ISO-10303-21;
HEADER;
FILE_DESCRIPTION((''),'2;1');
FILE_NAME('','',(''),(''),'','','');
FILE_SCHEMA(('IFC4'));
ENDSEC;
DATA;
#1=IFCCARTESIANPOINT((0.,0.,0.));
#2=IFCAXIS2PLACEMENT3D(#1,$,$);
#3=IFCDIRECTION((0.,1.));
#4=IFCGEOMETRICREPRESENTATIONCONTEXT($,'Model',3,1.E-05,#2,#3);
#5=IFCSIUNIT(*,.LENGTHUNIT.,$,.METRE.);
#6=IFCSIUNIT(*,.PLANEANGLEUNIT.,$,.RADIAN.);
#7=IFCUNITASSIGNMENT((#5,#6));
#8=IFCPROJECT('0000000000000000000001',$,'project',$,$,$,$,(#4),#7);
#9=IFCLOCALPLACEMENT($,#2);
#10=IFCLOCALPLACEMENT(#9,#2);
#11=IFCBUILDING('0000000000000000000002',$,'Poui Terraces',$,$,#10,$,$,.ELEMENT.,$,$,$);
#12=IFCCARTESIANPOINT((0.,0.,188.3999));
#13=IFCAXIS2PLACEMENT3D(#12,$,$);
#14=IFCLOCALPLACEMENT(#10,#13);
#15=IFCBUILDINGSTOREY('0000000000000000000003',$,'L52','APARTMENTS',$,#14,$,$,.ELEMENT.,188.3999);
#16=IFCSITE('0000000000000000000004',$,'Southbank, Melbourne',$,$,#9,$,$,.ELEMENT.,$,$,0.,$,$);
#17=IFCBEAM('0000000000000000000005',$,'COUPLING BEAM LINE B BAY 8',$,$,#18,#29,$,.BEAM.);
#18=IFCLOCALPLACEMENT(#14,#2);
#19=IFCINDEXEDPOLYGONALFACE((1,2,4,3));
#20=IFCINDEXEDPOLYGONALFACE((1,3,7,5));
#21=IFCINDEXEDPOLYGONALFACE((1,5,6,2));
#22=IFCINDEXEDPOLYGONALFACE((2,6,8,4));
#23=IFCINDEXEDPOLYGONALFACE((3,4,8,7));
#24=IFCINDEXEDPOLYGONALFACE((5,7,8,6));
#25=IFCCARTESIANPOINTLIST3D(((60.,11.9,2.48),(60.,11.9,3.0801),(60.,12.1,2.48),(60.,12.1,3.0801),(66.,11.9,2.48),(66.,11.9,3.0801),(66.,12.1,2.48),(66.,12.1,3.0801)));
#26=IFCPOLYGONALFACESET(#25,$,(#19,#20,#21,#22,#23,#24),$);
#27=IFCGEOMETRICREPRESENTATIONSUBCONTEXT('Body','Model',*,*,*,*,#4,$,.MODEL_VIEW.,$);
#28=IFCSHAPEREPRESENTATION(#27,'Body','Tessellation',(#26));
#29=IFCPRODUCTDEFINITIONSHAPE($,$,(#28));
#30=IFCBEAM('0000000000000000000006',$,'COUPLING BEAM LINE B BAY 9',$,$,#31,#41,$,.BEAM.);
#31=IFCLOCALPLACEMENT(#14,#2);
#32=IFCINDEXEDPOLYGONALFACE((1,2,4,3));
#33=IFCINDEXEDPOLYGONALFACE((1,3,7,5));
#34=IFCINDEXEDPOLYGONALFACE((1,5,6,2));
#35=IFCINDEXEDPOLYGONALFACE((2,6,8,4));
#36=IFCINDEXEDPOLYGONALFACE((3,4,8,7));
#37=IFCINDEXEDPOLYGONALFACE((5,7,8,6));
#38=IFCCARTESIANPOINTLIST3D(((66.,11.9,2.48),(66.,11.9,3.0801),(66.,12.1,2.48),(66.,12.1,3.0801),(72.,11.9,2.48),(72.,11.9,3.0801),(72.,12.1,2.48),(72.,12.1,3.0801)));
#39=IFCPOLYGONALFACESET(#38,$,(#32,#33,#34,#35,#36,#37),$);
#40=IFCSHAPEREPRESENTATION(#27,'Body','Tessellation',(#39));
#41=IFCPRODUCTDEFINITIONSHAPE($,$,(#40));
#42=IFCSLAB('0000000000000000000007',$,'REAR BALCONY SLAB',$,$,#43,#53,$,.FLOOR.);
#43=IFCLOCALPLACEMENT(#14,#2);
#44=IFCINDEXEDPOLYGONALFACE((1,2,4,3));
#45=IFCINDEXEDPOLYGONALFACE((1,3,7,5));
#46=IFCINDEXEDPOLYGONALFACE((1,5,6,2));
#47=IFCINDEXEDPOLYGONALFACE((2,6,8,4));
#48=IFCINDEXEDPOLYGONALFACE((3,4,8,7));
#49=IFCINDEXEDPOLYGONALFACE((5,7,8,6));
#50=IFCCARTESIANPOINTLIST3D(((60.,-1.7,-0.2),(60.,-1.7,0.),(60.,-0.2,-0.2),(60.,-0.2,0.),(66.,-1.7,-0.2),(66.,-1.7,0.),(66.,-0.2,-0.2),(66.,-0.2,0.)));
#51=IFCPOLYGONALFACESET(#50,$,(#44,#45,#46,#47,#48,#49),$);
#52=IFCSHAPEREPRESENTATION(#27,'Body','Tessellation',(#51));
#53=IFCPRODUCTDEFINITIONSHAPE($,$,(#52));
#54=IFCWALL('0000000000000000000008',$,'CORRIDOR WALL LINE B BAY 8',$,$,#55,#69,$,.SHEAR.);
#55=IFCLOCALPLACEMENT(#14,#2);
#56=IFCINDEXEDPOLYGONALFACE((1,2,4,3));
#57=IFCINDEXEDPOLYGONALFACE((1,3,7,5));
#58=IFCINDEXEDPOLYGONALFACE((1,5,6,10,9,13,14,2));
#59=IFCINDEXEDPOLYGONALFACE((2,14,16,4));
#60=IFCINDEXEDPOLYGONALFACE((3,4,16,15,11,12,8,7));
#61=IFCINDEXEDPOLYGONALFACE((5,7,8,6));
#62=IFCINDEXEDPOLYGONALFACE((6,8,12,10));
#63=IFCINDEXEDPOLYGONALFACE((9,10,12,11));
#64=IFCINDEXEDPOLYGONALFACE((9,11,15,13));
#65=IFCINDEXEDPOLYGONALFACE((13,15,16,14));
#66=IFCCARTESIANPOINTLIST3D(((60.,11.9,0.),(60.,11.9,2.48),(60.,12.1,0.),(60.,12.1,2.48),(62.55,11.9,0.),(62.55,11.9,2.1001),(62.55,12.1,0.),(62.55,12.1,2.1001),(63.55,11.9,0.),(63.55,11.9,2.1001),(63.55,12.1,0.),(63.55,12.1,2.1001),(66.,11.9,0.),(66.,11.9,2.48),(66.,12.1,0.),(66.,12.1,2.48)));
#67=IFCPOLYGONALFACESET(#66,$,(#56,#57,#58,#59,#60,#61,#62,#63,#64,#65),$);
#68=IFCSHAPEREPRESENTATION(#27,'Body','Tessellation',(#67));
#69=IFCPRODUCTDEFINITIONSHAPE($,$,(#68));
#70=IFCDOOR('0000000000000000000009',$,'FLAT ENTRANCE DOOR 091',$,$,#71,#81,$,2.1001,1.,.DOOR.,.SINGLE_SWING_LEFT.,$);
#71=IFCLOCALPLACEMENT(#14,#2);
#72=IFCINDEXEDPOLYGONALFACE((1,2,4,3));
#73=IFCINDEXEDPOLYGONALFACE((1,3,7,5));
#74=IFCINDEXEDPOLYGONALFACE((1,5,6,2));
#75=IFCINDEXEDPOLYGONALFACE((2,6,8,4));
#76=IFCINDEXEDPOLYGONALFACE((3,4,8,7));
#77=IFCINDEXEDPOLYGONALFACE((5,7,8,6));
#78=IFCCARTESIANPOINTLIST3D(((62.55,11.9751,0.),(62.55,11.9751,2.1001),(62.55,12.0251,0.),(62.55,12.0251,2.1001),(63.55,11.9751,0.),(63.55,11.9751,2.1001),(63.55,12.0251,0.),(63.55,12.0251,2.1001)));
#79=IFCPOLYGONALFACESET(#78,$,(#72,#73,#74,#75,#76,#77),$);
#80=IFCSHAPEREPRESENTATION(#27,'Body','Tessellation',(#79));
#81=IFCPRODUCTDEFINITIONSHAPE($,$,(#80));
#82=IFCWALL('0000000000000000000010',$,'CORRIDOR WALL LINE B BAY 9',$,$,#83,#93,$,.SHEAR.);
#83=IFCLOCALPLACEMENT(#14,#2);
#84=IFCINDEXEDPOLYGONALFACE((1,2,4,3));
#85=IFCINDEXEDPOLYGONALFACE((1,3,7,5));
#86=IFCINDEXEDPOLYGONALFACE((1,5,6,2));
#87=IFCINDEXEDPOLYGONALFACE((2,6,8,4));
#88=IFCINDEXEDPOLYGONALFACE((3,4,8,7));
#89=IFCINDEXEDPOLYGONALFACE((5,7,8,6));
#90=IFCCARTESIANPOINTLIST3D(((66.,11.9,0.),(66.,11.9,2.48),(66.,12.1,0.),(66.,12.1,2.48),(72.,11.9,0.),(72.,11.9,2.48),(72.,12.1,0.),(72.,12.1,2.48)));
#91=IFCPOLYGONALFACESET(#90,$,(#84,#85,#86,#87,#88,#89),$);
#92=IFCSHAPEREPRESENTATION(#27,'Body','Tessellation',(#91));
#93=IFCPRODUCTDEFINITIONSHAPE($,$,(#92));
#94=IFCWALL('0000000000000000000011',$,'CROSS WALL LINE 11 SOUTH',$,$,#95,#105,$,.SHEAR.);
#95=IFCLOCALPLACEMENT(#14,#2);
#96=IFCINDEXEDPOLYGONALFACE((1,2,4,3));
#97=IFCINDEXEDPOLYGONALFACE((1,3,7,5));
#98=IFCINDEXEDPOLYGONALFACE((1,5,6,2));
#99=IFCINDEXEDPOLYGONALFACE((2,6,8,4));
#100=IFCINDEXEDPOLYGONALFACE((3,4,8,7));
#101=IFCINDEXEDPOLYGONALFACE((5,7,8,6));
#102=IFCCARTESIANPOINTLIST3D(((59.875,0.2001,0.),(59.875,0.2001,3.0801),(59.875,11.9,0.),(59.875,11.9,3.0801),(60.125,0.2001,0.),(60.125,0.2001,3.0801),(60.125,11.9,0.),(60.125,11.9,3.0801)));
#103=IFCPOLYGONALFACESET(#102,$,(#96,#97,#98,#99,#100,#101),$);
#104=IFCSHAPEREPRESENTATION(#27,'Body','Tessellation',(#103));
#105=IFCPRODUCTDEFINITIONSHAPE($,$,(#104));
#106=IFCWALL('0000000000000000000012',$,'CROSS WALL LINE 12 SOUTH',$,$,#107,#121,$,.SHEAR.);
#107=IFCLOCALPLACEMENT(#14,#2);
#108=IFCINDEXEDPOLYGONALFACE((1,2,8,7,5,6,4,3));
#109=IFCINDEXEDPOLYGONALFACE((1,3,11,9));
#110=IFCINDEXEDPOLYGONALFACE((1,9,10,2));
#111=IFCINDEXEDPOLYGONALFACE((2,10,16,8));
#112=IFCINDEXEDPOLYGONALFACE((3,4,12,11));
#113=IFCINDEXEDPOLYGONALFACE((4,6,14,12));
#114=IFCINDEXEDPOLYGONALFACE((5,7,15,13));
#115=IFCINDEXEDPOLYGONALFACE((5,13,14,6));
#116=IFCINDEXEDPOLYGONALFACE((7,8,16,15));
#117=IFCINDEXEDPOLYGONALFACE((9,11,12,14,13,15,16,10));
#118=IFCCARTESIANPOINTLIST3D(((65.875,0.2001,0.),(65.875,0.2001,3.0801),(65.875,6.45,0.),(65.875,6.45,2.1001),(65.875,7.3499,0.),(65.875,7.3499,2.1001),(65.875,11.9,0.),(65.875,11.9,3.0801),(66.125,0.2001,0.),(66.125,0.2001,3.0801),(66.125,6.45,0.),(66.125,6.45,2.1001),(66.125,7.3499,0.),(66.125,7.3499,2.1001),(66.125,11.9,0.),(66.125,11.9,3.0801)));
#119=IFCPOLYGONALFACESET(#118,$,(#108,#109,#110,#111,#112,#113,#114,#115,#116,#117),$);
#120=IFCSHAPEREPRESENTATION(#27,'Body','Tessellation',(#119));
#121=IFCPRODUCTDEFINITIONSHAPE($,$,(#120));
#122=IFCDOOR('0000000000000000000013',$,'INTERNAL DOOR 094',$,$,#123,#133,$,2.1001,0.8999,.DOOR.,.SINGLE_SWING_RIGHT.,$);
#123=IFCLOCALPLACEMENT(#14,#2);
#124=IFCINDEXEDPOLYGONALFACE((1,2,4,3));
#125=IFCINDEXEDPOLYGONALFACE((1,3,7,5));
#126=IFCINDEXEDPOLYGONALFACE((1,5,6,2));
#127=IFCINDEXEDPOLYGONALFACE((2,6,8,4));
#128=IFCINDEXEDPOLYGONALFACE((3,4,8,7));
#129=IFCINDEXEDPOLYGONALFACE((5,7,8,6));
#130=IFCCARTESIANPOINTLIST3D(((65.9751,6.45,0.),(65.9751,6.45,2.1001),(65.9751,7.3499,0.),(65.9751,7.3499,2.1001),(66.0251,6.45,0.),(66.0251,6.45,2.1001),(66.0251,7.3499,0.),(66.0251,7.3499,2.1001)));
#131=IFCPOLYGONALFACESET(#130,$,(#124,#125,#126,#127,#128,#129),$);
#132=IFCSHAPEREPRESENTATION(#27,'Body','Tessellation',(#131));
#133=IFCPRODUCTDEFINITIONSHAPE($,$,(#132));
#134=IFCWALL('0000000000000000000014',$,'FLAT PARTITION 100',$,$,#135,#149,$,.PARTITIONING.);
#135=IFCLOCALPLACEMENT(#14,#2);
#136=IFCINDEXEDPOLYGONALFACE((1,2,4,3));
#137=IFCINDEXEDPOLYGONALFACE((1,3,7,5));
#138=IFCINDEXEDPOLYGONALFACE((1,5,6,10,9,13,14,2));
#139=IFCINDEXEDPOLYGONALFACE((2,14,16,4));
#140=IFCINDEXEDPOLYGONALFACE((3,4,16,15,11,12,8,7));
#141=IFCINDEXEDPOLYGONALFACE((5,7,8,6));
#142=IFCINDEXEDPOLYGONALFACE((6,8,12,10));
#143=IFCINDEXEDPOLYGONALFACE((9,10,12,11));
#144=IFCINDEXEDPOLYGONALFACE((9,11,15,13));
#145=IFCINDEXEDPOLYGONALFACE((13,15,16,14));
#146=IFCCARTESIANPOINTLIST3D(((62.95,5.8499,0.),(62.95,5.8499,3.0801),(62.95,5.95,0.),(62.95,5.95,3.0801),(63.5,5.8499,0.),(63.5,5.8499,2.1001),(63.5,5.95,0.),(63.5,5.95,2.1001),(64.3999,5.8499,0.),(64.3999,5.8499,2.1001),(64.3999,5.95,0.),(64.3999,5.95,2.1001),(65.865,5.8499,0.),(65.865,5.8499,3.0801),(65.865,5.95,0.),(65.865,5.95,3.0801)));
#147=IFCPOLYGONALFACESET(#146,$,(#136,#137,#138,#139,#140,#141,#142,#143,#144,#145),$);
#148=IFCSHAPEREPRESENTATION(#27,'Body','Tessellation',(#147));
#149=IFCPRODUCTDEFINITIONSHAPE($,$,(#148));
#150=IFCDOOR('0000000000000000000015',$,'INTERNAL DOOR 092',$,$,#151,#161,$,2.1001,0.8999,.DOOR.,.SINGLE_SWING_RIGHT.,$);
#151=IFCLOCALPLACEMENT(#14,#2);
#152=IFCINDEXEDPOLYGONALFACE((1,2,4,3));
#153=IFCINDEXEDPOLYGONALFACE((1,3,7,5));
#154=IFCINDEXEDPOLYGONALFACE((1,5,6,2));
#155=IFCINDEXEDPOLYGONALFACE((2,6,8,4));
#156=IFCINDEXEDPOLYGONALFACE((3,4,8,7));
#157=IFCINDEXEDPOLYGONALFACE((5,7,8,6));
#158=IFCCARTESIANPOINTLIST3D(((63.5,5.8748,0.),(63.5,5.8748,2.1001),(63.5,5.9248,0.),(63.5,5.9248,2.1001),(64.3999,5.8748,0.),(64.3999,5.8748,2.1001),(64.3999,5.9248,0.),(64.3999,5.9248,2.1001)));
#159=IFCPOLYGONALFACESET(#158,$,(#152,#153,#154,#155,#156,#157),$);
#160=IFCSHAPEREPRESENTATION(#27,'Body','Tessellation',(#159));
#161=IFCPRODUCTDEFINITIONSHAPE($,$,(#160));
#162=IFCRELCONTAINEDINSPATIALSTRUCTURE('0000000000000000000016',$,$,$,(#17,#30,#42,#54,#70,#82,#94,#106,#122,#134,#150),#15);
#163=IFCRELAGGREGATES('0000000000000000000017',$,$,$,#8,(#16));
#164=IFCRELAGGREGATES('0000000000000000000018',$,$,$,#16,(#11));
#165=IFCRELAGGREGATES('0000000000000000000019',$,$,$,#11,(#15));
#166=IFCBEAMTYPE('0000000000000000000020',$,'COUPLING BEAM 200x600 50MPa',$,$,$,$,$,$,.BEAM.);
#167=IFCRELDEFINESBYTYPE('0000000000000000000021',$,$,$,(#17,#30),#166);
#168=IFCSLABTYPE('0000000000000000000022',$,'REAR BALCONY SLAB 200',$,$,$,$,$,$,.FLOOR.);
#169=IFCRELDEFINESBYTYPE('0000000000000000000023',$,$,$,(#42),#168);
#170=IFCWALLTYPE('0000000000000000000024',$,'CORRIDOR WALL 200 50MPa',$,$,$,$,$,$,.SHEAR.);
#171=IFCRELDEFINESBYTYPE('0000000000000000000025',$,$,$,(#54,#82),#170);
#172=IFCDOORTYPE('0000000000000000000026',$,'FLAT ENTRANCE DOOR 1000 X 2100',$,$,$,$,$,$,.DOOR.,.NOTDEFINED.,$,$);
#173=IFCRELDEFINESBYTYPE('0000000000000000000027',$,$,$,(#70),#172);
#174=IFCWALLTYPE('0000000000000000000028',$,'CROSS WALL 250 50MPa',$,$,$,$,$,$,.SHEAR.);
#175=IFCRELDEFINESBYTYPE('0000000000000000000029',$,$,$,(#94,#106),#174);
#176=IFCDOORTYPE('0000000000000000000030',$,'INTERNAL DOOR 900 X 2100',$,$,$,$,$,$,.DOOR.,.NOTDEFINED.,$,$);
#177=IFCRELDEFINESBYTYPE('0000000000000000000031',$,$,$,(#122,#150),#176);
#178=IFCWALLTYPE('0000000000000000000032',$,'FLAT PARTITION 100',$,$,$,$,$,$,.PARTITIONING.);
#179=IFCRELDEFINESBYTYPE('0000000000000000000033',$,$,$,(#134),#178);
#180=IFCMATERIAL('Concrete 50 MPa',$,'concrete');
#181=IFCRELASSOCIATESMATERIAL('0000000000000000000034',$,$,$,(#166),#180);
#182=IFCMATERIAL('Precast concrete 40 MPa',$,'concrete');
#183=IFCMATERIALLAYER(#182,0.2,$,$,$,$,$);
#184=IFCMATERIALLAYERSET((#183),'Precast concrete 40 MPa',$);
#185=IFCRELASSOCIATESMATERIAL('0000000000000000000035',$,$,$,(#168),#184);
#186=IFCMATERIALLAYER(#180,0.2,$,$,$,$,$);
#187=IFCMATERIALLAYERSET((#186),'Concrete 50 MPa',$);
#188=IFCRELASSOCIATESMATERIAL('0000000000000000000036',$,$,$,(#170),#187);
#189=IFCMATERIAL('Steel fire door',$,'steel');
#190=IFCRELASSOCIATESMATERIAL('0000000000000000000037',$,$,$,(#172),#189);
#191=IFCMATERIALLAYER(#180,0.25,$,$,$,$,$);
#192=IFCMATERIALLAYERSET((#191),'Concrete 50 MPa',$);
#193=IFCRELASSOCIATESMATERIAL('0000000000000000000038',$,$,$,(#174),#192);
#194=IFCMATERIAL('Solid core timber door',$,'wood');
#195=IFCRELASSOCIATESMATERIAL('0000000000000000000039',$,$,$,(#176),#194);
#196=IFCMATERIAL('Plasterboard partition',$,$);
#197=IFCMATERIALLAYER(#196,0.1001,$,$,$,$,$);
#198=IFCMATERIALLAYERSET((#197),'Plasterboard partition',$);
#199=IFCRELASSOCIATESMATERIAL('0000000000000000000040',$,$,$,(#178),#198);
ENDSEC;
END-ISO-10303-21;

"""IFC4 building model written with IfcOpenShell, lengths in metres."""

from ifc_helpers import new_model, si_unit, direction, frame, frame_2d, origin, origin_2d, place, context, subcontext, project, spatial, polyline, rectangle, outline, extrude, source, transform, mapped, material, layer, layer_set, material_profile, profile_set, type_object, element, fill, save


model = new_model("IFC4")

# Units and contexts
model_context = context("Model", 3, precision=1e-05, world=origin(), true_north=direction((0.0, 1.0)))
body_context = subcontext(model_context, "Body", "Model", "MODEL_VIEW")
ifc_project = project(units=[si_unit("LENGTHUNIT", "METRE"), si_unit("PLANEANGLEUNIT", "RADIAN")], contexts=[model_context])

# Site, building, storey
site_placement = place(None, origin())
site = spatial("IfcSite", under=ifc_project, at=site_placement, Name="Southbank, Melbourne", CompositionType="ELEMENT", RefElevation=0.0)
building_placement = place(site_placement, origin())
building = spatial("IfcBuilding", under=site, at=building_placement, Name="Poui Terraces", CompositionType="ELEMENT")
storey_placement = place(building_placement, frame((0.0, 0.0, 188.3999)))
storey = spatial("IfcBuildingStorey", under=building, at=storey_placement, Name="L52", Description="APARTMENTS", CompositionType="ELEMENT", Elevation=188.3999)

# Beams
ifc_material_1 = material(Name="Concrete 50 MPa", Category="concrete")
ifc_material_profile_1 = material_profile(ifc_material_1, rectangle(XDim=0.2, YDim=0.6001, at=origin_2d()), Name="RC 200x600")
ifc_profile_set_1 = profile_set([ifc_material_profile_1], Name="Concrete 50 MPa")
beam_type = type_object("IfcBeamType", Name="COUPLING BEAM 200x600 50MPa", PredefinedType="BEAM", material=ifc_profile_set_1)
shared_shape_1 = source(origin(), body_context, "Body", "SweptSolid", [
    extrude(rectangle(XDim=0.2, YDim=0.6001, at=origin_2d()), origin(), (0.0, 0.0, 1.0), 6.0),
])
for number, where, z_axis, x_axis, name in (
    (1, (60.0, 12.0, 2.78), (1.0, 0.0, 0.0), (0.0, 1.0, 0.0), "COUPLING BEAM LINE B BAY 8"),
    (2, (66.0, 12.0, 2.78), (1.0, 0.0, 0.0), (0.0, 1.0, 0.0), "COUPLING BEAM LINE B BAY 9"),
):
    element("IfcBeam", number, at=place(storey_placement, frame(where, z_axis=z_axis, x_axis=x_axis)), inside=storey, type_object=beam_type, Name=name, PredefinedType="BEAM", context=body_context, shape_type="MappedRepresentation", body=[
        mapped(shared_shape_1, transform((0.0, 0.0, 0.0))),
    ])

# Slab
ifc_material_2 = material(Name="Precast concrete 40 MPa", Category="concrete")
ifc_layer_1 = layer(ifc_material_2, 0.2)
ifc_layer_set_1 = layer_set([ifc_layer_1], Name="Precast concrete 40 MPa")
slab_type = type_object("IfcSlabType", Name="REAR BALCONY SLAB 200", PredefinedType="FLOOR", material=ifc_layer_set_1)
shared_shape_2 = source(origin(), body_context, "Body", "SweptSolid", [
    extrude(outline(polyline([(0.0, 0.0), (6.0, 0.0), (6.0, 1.5), (0.0, 1.5), (0.0, 0.0)])), origin(), (0.0, 0.0, 1.0), 0.2),
])
slab_placement = place(storey_placement, frame((60.0, -1.7, -0.2)))
element("IfcSlab", 3, at=slab_placement, inside=storey, type_object=slab_type, Name="REAR BALCONY SLAB", PredefinedType="FLOOR", context=body_context, shape_type="MappedRepresentation", body=[
    mapped(shared_shape_2, transform((0.0, 0.0, 0.0))),
])

# Wall, opening, door
ifc_layer_2 = layer(ifc_material_1, 0.2)
ifc_layer_set_2 = layer_set([ifc_layer_2], Name="Concrete 50 MPa")
wall_type_1 = type_object("IfcWallType", Name="CORRIDOR WALL 200 50MPa", PredefinedType="SHEAR", material=ifc_layer_set_2)
wall_1_placement = place(storey_placement, frame((60.0, 12.0, 0.0), z_axis=(0.0, 0.0, 1.0), x_axis=(1.0, 0.0, 0.0)))
wall_1 = element("IfcWall", 4, at=wall_1_placement, inside=storey, type_object=wall_type_1, Name="CORRIDOR WALL LINE B BAY 8", PredefinedType="SHEAR", context=body_context, shape_type="SweptSolid", body=[
    extrude(rectangle(XDim=6.0, YDim=0.2, at=frame_2d((3.0, 0.0))), origin(), (0.0, 0.0, 1.0), 2.48),
])
opening_1_placement = place(wall_1_placement, frame((2.55, 0.0, 0.0)))
opening_1 = element("IfcOpeningElement", 5, at=opening_1_placement, cuts=wall_1, PredefinedType="OPENING", context=body_context, shape_type="SweptSolid", body=[
    extrude(rectangle(XDim=1.0, YDim=2.1001, at=frame_2d((0.5, 1.05))), frame((0.0, 0.1099, 0.0), z_axis=(0.0, -1.0, 0.0), x_axis=(1.0, 0.0, 0.0)), (0.0, 0.0, 1.0), 0.22),
])
ifc_material_3 = material(Name="Steel fire door", Category="steel")
door_type_1 = type_object("IfcDoorType", Name="FLAT ENTRANCE DOOR 1000 X 2100", OperationType="NOTDEFINED", PredefinedType="DOOR", material=ifc_material_3)
door_1_placement = place(opening_1_placement, frame((1.0, 0.0, 0.0), z_axis=(0.0, 0.0, 1.0), x_axis=(-1.0, 0.0, 0.0)))
door_1 = element("IfcDoor", 6, at=door_1_placement, inside=storey, type_object=door_type_1, Name="FLAT ENTRANCE DOOR 091", OperationType="SINGLE_SWING_LEFT", OverallHeight=2.1001, OverallWidth=1.0, PredefinedType="DOOR", context=body_context, shape_type="SweptSolid", body=[
    extrude(rectangle(XDim=1.0, YDim=2.1001, at=frame_2d((0.5, 1.05))), frame((0.0, 0.0249, 0.0), z_axis=(0.0, -1.0, 0.0), x_axis=(1.0, 0.0, 0.0)), (0.0, 0.0, 1.0), 0.05),
])
fill(opening_1, door_1)

# Walls
wall_2_placement = place(storey_placement, frame((66.0, 12.0, 0.0), z_axis=(0.0, 0.0, 1.0), x_axis=(1.0, 0.0, 0.0)))
element("IfcWall", 7, at=wall_2_placement, inside=storey, type_object=wall_type_1, Name="CORRIDOR WALL LINE B BAY 9", PredefinedType="SHEAR", context=body_context, shape_type="SweptSolid", body=[
    extrude(rectangle(XDim=6.0, YDim=0.2, at=frame_2d((3.0, 0.0))), origin(), (0.0, 0.0, 1.0), 2.48),
])
ifc_layer_3 = layer(ifc_material_1, 0.25)
ifc_layer_set_3 = layer_set([ifc_layer_3], Name="Concrete 50 MPa")
wall_type_2 = type_object("IfcWallType", Name="CROSS WALL 250 50MPa", PredefinedType="SHEAR", material=ifc_layer_set_3)
wall_3_placement = place(storey_placement, frame((60.0, 0.2, 0.0), z_axis=(0.0, 0.0, 1.0), x_axis=(0.0, 1.0, 0.0)))
element("IfcWall", 8, at=wall_3_placement, inside=storey, type_object=wall_type_2, Name="CROSS WALL LINE 11 SOUTH", PredefinedType="SHEAR", context=body_context, shape_type="SweptSolid", body=[
    extrude(rectangle(XDim=11.7, YDim=0.25, at=frame_2d((5.8501, 0.0))), origin(), (0.0, 0.0, 1.0), 3.0801),
])

# Walls, openings, doors
wall_4_placement = place(storey_placement, frame((66.0, 0.2, 0.0), z_axis=(0.0, 0.0, 1.0), x_axis=(0.0, 1.0, 0.0)))
wall_4 = element("IfcWall", 9, at=wall_4_placement, inside=storey, type_object=wall_type_2, Name="CROSS WALL LINE 12 SOUTH", PredefinedType="SHEAR", context=body_context, shape_type="SweptSolid", body=[
    extrude(rectangle(XDim=11.7, YDim=0.25, at=frame_2d((5.8501, 0.0))), origin(), (0.0, 0.0, 1.0), 3.0801),
])
opening_2_placement = place(wall_4_placement, frame((6.25, 0.0, 0.0)))
opening_2 = element("IfcOpeningElement", 10, at=opening_2_placement, cuts=wall_4, PredefinedType="OPENING", context=body_context, shape_type="SweptSolid", body=[
    extrude(rectangle(XDim=0.8999, YDim=2.1001, at=frame_2d((0.45, 1.05))), frame((0.0, 0.135, 0.0), z_axis=(0.0, -1.0, 0.0), x_axis=(1.0, 0.0, 0.0)), (0.0, 0.0, 1.0), 0.27),
])
ifc_material_4 = material(Name="Solid core timber door", Category="wood")
door_type_2 = type_object("IfcDoorType", Name="INTERNAL DOOR 900 X 2100", OperationType="NOTDEFINED", PredefinedType="DOOR", material=ifc_material_4)
door_2_placement = place(opening_2_placement, origin())
door_2 = element("IfcDoor", 11, at=door_2_placement, inside=storey, type_object=door_type_2, Name="INTERNAL DOOR 094", OperationType="SINGLE_SWING_RIGHT", OverallHeight=2.1001, OverallWidth=0.8999, PredefinedType="DOOR", context=body_context, shape_type="SweptSolid", body=[
    extrude(rectangle(XDim=0.8999, YDim=2.1001, at=frame_2d((0.45, 1.05))), frame((0.0, 0.0249, 0.0), z_axis=(0.0, -1.0, 0.0), x_axis=(1.0, 0.0, 0.0)), (0.0, 0.0, 1.0), 0.05),
])
fill(opening_2, door_2)
ifc_material_5 = material(Name="Plasterboard partition")
ifc_layer_4 = layer(ifc_material_5, 0.1001)
ifc_layer_set_4 = layer_set([ifc_layer_4], Name="Plasterboard partition")
wall_type_3 = type_object("IfcWallType", Name="FLAT PARTITION 100", PredefinedType="PARTITIONING", material=ifc_layer_set_4)
wall_5_placement = place(storey_placement, frame((62.95, 5.8999, 0.0), z_axis=(0.0, 0.0, 1.0), x_axis=(1.0, 0.0, 0.0)))
wall_5 = element("IfcWall", 12, at=wall_5_placement, inside=storey, type_object=wall_type_3, Name="FLAT PARTITION 100", PredefinedType="PARTITIONING", context=body_context, shape_type="SweptSolid", body=[
    extrude(rectangle(XDim=2.915, YDim=0.1001, at=frame_2d((1.4575, 0.0))), origin(), (0.0, 0.0, 1.0), 3.0801),
])
opening_3_placement = place(wall_5_placement, frame((0.55, 0.0, 0.0)))
opening_3 = element("IfcOpeningElement", 13, at=opening_3_placement, cuts=wall_5, PredefinedType="OPENING", context=body_context, shape_type="SweptSolid", body=[
    extrude(rectangle(XDim=0.8999, YDim=2.1001, at=frame_2d((0.45, 1.05))), frame((0.0, 0.0601, 0.0), z_axis=(0.0, -1.0, 0.0), x_axis=(1.0, 0.0, 0.0)), (0.0, 0.0, 1.0), 0.1201),
])
door_3_placement = place(opening_3_placement, origin())
door_3 = element("IfcDoor", 14, at=door_3_placement, inside=storey, type_object=door_type_2, Name="INTERNAL DOOR 092", OperationType="SINGLE_SWING_RIGHT", OverallHeight=2.1001, OverallWidth=0.8999, PredefinedType="DOOR", context=body_context, shape_type="SweptSolid", body=[
    extrude(rectangle(XDim=0.8999, YDim=2.1001, at=frame_2d((0.45, 1.05))), frame((0.0, 0.0249, 0.0), z_axis=(0.0, -1.0, 0.0), x_axis=(1.0, 0.0, 0.0)), (0.0, 0.0, 1.0), 0.05),
])
fill(opening_3, door_3)

save(model, "model.ifc")
